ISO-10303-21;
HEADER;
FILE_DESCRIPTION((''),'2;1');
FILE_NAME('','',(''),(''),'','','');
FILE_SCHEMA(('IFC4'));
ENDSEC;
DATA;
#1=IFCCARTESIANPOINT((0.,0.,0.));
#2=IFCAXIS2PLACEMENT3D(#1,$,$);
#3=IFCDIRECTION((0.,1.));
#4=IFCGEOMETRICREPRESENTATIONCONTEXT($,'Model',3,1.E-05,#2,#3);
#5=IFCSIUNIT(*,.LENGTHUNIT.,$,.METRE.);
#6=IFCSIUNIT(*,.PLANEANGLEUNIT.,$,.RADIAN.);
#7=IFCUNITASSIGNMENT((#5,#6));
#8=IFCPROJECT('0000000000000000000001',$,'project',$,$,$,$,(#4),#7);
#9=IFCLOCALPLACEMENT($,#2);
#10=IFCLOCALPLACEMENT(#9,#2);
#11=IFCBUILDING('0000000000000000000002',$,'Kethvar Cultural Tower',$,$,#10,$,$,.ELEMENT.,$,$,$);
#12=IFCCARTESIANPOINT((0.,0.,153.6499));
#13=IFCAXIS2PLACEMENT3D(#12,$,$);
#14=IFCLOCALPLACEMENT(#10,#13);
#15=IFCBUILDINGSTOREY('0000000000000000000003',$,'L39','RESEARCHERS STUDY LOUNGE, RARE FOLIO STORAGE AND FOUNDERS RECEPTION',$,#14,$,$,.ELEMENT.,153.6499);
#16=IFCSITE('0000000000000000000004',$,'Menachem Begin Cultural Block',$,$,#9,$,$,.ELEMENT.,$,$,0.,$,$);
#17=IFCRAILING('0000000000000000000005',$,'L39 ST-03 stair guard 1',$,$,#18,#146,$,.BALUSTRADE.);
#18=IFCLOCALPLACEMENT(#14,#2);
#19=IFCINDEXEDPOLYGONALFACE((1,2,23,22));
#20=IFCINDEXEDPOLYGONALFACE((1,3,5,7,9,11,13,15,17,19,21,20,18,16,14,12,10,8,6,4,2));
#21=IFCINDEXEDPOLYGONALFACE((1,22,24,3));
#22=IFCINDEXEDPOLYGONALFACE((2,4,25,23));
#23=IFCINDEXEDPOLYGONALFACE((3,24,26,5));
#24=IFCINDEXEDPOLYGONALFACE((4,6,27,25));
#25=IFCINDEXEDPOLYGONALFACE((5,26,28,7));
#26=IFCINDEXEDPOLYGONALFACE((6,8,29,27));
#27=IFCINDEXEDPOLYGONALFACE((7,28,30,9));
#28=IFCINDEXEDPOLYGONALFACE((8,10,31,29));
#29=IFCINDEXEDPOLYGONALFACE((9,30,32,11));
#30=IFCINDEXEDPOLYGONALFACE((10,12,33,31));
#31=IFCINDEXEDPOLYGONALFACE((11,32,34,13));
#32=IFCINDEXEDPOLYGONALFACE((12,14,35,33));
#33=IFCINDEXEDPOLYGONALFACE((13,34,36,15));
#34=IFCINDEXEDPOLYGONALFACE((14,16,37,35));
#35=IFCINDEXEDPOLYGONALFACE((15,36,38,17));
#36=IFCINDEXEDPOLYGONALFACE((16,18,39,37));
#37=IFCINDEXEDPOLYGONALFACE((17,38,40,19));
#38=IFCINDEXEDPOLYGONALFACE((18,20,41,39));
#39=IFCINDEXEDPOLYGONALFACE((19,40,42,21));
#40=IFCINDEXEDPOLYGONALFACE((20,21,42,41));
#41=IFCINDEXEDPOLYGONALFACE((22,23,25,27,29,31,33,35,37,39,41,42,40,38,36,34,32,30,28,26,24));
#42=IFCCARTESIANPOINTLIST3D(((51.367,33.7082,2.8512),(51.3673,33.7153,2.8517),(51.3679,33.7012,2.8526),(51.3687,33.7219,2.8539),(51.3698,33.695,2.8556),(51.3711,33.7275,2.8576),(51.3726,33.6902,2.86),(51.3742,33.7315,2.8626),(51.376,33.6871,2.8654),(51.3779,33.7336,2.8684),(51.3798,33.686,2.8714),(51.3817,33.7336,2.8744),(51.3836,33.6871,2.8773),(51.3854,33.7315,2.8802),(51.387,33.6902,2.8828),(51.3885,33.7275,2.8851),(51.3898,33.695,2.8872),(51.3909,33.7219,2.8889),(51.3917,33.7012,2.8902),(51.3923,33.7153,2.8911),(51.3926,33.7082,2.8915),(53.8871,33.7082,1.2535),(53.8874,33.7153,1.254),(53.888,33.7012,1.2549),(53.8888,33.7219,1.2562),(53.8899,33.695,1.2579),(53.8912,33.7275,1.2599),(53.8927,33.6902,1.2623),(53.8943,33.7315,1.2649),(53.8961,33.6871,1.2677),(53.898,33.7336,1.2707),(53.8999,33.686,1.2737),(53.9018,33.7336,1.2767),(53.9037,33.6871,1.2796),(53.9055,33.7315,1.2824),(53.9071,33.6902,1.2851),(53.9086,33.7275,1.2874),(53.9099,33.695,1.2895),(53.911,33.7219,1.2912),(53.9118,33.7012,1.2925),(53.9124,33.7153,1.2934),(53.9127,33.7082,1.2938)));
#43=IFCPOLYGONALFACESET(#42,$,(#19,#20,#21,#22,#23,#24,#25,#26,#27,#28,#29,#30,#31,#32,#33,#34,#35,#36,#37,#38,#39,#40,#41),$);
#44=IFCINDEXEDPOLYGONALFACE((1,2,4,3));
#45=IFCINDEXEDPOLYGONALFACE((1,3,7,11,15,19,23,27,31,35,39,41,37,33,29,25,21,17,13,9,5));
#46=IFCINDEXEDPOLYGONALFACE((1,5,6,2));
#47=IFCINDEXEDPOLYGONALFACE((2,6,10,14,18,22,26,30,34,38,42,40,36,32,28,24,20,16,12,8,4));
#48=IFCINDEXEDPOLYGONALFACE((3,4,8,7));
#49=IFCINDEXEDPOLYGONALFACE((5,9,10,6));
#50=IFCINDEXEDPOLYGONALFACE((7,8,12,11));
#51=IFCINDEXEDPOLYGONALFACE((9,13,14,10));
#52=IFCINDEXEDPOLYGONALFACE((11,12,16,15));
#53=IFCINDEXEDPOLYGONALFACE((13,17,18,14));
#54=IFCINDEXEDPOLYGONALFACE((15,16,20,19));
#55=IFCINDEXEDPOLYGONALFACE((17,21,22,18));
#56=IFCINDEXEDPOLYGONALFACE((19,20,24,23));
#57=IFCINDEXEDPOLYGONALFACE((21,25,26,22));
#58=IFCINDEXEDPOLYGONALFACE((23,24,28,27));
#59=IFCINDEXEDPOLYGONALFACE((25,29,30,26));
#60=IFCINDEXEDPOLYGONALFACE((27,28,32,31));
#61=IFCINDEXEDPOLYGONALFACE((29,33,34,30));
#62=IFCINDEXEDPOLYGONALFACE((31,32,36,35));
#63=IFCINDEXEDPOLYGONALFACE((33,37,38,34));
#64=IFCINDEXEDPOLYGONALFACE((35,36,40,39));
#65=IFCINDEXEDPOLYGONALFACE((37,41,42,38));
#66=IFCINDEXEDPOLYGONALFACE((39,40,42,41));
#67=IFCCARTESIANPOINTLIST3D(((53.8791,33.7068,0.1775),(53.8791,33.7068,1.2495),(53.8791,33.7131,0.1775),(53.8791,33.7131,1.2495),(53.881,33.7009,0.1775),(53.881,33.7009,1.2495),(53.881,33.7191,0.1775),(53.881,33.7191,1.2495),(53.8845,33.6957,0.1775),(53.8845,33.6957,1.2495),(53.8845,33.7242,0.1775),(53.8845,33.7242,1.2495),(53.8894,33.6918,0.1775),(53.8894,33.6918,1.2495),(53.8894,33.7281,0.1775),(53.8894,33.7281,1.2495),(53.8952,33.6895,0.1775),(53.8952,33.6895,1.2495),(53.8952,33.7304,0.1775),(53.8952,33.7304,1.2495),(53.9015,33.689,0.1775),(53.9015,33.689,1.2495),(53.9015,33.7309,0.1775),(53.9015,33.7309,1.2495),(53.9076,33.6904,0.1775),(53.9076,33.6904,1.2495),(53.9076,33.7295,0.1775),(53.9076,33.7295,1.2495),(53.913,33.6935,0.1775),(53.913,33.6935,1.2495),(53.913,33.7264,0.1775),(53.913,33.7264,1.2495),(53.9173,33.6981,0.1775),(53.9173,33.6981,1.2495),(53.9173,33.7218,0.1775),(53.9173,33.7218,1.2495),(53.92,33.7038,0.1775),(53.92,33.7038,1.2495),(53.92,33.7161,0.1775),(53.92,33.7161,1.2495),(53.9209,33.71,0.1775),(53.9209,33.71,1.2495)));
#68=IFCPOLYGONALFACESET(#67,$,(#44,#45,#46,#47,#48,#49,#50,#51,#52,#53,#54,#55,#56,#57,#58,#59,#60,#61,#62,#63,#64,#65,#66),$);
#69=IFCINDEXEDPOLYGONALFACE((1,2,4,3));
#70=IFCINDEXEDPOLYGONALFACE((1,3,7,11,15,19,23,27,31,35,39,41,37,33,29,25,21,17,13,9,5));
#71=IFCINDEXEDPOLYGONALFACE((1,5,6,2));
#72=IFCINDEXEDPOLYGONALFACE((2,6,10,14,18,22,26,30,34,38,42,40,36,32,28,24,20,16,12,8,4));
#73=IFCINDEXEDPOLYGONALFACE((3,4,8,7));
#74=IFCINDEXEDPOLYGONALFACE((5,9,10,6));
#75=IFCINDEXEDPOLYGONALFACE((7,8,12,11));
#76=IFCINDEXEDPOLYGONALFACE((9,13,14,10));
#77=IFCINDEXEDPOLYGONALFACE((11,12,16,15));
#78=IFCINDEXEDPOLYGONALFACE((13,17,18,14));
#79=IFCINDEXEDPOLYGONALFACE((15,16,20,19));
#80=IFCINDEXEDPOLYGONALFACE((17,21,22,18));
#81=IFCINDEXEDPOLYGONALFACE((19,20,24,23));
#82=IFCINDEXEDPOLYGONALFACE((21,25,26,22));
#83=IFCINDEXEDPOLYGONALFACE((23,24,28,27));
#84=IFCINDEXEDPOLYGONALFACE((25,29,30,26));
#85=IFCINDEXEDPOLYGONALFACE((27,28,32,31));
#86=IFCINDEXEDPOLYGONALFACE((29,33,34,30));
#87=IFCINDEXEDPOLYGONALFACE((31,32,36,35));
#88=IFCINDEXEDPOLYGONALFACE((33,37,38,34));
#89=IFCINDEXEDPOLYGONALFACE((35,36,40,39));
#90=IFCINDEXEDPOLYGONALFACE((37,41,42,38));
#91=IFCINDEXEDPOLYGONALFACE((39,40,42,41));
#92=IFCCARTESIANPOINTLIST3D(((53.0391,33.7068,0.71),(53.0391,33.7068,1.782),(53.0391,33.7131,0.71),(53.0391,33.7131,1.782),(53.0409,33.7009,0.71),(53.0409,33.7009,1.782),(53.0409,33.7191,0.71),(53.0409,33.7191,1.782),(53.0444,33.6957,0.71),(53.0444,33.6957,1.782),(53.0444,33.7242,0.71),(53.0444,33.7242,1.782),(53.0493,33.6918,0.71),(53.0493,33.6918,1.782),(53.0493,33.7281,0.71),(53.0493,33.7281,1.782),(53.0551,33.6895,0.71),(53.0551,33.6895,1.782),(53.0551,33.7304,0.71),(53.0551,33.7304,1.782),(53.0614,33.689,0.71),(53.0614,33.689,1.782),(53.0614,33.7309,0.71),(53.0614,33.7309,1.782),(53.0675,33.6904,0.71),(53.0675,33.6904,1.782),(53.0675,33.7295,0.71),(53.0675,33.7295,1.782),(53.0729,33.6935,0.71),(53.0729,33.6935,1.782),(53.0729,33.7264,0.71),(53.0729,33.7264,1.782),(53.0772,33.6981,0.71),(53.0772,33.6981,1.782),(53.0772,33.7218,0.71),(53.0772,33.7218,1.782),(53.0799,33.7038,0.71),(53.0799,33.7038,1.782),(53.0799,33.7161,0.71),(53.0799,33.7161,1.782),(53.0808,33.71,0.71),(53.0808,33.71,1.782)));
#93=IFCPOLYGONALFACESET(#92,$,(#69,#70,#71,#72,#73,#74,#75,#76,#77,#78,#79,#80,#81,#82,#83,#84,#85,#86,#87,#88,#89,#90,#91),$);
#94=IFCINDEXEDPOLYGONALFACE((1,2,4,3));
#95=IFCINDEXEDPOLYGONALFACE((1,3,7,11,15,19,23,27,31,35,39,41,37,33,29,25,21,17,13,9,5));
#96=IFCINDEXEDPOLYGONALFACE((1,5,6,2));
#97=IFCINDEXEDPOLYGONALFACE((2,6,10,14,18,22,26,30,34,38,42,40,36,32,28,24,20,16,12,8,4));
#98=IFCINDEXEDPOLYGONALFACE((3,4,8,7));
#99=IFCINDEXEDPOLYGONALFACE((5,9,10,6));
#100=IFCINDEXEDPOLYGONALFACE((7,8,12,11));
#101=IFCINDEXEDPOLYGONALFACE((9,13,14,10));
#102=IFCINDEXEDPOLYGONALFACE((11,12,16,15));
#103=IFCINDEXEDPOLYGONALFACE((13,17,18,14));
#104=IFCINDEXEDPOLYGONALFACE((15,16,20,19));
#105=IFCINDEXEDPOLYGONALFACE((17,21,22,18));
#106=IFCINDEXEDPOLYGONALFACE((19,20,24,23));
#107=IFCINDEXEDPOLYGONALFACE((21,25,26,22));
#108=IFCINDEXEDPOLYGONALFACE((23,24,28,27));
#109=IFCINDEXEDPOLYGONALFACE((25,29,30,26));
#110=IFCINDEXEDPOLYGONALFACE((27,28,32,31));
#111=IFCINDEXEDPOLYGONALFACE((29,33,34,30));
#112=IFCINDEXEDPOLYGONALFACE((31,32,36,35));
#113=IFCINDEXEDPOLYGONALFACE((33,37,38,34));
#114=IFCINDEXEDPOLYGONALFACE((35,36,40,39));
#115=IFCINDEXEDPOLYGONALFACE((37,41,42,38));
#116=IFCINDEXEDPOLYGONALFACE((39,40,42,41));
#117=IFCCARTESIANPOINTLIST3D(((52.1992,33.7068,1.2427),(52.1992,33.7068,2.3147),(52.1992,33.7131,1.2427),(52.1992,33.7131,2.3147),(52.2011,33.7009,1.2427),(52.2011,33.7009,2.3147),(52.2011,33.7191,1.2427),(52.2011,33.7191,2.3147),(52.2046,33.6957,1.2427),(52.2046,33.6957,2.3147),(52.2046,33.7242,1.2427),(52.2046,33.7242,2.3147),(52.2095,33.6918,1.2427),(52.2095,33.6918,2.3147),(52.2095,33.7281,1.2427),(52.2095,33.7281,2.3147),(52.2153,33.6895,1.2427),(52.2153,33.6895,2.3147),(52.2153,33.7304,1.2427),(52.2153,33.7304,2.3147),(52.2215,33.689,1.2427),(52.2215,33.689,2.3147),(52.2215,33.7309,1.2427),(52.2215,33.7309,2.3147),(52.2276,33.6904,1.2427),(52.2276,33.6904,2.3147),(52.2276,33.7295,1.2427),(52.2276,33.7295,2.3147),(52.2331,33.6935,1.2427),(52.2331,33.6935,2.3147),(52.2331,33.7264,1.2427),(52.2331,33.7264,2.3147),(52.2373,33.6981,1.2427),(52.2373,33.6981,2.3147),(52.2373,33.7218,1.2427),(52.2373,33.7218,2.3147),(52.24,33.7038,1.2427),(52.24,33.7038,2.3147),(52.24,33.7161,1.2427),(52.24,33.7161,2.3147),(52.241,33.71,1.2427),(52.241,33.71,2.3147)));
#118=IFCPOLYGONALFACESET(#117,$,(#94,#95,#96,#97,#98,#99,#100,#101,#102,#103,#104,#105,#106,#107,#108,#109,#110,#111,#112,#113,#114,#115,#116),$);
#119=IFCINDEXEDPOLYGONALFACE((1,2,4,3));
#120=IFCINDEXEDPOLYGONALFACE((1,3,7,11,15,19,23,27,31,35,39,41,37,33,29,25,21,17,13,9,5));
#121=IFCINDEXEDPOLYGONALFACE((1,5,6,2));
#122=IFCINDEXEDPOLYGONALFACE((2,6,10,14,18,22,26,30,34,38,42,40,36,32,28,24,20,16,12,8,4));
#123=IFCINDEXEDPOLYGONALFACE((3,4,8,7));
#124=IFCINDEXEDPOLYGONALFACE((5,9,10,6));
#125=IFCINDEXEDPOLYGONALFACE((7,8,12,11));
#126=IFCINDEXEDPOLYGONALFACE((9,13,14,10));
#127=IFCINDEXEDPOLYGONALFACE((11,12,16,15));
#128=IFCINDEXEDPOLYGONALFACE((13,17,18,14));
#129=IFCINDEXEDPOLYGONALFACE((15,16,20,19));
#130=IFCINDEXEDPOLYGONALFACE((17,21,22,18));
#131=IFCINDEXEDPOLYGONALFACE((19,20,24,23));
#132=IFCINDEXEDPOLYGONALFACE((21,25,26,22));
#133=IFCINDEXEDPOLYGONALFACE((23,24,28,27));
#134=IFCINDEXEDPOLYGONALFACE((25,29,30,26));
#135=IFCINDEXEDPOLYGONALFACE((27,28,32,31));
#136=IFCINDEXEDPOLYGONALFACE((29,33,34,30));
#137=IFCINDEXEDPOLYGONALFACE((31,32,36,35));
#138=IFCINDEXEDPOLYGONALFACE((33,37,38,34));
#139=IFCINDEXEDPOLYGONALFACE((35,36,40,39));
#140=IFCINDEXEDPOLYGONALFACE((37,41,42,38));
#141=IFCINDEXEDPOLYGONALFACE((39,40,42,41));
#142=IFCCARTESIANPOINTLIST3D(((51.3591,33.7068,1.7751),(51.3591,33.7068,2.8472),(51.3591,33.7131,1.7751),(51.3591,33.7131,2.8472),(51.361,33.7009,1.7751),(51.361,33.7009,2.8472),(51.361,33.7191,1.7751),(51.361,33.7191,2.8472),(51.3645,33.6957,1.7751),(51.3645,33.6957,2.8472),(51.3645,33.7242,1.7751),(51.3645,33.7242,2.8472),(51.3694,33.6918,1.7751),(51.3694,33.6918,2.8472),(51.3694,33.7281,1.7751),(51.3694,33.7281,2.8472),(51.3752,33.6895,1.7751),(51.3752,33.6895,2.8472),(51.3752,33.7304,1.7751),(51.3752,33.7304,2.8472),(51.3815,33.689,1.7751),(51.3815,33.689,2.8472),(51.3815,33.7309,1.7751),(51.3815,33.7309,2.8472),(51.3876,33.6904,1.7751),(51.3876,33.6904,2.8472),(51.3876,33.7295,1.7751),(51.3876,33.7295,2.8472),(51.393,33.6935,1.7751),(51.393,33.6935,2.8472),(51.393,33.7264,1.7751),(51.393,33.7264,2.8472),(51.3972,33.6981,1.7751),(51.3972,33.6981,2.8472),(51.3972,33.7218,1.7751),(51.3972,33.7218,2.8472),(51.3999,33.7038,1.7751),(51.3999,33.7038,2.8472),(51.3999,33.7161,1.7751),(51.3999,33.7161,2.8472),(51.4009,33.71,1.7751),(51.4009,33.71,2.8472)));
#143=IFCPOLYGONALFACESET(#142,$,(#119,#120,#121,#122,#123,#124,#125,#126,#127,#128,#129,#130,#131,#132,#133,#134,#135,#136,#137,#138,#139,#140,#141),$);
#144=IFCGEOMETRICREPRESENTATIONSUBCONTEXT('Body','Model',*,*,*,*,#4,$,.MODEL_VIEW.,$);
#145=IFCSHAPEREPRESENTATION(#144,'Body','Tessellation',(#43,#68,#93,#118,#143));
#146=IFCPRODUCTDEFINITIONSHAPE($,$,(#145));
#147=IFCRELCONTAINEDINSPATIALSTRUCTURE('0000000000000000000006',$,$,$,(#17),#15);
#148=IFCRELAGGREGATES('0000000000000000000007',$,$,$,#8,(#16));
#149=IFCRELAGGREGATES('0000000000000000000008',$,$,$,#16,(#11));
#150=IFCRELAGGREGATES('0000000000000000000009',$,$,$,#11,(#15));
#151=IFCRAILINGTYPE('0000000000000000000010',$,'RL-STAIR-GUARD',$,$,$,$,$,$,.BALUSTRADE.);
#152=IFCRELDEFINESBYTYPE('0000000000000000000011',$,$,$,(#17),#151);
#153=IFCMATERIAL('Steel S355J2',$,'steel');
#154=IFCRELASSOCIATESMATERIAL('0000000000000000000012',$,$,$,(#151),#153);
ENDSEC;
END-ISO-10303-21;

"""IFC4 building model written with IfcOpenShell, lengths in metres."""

from ifc_helpers import new_model, si_unit, direction, frame, origin, origin_2d, place, context, subcontext, project, spatial, circle, extrude, material, type_object, element, save


model = new_model("IFC4")

# Units and contexts
model_context = context("Model", 3, precision=1e-05, world=origin(), true_north=direction((0.0, 1.0)))
body_context = subcontext(model_context, "Body", "Model", "MODEL_VIEW")
ifc_project = project(units=[si_unit("LENGTHUNIT", "METRE"), si_unit("PLANEANGLEUNIT", "RADIAN")], contexts=[model_context])

# Site, building, storey
site_placement = place(None, origin())
site = spatial("IfcSite", under=ifc_project, at=site_placement, Name="Menachem Begin Cultural Block", CompositionType="ELEMENT", RefElevation=0.0)
building_placement = place(site_placement, origin())
building = spatial("IfcBuilding", under=site, at=building_placement, Name="Kethvar Cultural Tower", CompositionType="ELEMENT")
storey_placement = place(building_placement, frame((0.0, 0.0, 153.6499)))
storey = spatial("IfcBuildingStorey", under=building, at=storey_placement, Name="L39", Description="RESEARCHERS STUDY LOUNGE, RARE FOLIO STORAGE AND FOUNDERS RECEPTION", CompositionType="ELEMENT", Elevation=153.6499)

# Shared definitions
ifc_material_1 = material(Name="Steel S355J2", Category="steel")

# Railing
railing_type_1 = type_object("IfcRailingType", Name="RL-STAIR-GUARD", PredefinedType="BALUSTRADE", material=ifc_material_1)
railing_1_placement = place(storey_placement, frame((53.8999, 33.71, 0.1775)))
element("IfcRailing", 1, at=railing_1_placement, inside=storey, type_object=railing_type_1, Name="L39 ST-03 stair guard 1", PredefinedType="BALUSTRADE", context=body_context, shape_type="SweptSolid", body=[
    extrude(circle(Radius=0.0239, at=origin_2d()), frame((0.0, 0.0, 1.0962), z_axis=(-0.84457, 0.0, 0.535445), x_axis=(0.0, -1.0, 0.0)), (0.0, 0.0, 1.0), 2.9839),
    extrude(circle(Radius=0.021, at=origin_2d()), origin(), (0.0, 0.0, 1.0), 1.072),
    extrude(circle(Radius=0.021, at=origin_2d()), frame((-0.8401, 0.0, 0.5325)), (0.0, 0.0, 1.0), 1.072),
    extrude(circle(Radius=0.021, at=origin_2d()), frame((-1.6799, 0.0, 1.0652)), (0.0, 0.0, 1.0), 1.072),
    extrude(circle(Radius=0.021, at=origin_2d()), frame((-2.52, 0.0, 1.5977)), (0.0, 0.0, 1.0), 1.072),
])

save(model, "model.ifc")
